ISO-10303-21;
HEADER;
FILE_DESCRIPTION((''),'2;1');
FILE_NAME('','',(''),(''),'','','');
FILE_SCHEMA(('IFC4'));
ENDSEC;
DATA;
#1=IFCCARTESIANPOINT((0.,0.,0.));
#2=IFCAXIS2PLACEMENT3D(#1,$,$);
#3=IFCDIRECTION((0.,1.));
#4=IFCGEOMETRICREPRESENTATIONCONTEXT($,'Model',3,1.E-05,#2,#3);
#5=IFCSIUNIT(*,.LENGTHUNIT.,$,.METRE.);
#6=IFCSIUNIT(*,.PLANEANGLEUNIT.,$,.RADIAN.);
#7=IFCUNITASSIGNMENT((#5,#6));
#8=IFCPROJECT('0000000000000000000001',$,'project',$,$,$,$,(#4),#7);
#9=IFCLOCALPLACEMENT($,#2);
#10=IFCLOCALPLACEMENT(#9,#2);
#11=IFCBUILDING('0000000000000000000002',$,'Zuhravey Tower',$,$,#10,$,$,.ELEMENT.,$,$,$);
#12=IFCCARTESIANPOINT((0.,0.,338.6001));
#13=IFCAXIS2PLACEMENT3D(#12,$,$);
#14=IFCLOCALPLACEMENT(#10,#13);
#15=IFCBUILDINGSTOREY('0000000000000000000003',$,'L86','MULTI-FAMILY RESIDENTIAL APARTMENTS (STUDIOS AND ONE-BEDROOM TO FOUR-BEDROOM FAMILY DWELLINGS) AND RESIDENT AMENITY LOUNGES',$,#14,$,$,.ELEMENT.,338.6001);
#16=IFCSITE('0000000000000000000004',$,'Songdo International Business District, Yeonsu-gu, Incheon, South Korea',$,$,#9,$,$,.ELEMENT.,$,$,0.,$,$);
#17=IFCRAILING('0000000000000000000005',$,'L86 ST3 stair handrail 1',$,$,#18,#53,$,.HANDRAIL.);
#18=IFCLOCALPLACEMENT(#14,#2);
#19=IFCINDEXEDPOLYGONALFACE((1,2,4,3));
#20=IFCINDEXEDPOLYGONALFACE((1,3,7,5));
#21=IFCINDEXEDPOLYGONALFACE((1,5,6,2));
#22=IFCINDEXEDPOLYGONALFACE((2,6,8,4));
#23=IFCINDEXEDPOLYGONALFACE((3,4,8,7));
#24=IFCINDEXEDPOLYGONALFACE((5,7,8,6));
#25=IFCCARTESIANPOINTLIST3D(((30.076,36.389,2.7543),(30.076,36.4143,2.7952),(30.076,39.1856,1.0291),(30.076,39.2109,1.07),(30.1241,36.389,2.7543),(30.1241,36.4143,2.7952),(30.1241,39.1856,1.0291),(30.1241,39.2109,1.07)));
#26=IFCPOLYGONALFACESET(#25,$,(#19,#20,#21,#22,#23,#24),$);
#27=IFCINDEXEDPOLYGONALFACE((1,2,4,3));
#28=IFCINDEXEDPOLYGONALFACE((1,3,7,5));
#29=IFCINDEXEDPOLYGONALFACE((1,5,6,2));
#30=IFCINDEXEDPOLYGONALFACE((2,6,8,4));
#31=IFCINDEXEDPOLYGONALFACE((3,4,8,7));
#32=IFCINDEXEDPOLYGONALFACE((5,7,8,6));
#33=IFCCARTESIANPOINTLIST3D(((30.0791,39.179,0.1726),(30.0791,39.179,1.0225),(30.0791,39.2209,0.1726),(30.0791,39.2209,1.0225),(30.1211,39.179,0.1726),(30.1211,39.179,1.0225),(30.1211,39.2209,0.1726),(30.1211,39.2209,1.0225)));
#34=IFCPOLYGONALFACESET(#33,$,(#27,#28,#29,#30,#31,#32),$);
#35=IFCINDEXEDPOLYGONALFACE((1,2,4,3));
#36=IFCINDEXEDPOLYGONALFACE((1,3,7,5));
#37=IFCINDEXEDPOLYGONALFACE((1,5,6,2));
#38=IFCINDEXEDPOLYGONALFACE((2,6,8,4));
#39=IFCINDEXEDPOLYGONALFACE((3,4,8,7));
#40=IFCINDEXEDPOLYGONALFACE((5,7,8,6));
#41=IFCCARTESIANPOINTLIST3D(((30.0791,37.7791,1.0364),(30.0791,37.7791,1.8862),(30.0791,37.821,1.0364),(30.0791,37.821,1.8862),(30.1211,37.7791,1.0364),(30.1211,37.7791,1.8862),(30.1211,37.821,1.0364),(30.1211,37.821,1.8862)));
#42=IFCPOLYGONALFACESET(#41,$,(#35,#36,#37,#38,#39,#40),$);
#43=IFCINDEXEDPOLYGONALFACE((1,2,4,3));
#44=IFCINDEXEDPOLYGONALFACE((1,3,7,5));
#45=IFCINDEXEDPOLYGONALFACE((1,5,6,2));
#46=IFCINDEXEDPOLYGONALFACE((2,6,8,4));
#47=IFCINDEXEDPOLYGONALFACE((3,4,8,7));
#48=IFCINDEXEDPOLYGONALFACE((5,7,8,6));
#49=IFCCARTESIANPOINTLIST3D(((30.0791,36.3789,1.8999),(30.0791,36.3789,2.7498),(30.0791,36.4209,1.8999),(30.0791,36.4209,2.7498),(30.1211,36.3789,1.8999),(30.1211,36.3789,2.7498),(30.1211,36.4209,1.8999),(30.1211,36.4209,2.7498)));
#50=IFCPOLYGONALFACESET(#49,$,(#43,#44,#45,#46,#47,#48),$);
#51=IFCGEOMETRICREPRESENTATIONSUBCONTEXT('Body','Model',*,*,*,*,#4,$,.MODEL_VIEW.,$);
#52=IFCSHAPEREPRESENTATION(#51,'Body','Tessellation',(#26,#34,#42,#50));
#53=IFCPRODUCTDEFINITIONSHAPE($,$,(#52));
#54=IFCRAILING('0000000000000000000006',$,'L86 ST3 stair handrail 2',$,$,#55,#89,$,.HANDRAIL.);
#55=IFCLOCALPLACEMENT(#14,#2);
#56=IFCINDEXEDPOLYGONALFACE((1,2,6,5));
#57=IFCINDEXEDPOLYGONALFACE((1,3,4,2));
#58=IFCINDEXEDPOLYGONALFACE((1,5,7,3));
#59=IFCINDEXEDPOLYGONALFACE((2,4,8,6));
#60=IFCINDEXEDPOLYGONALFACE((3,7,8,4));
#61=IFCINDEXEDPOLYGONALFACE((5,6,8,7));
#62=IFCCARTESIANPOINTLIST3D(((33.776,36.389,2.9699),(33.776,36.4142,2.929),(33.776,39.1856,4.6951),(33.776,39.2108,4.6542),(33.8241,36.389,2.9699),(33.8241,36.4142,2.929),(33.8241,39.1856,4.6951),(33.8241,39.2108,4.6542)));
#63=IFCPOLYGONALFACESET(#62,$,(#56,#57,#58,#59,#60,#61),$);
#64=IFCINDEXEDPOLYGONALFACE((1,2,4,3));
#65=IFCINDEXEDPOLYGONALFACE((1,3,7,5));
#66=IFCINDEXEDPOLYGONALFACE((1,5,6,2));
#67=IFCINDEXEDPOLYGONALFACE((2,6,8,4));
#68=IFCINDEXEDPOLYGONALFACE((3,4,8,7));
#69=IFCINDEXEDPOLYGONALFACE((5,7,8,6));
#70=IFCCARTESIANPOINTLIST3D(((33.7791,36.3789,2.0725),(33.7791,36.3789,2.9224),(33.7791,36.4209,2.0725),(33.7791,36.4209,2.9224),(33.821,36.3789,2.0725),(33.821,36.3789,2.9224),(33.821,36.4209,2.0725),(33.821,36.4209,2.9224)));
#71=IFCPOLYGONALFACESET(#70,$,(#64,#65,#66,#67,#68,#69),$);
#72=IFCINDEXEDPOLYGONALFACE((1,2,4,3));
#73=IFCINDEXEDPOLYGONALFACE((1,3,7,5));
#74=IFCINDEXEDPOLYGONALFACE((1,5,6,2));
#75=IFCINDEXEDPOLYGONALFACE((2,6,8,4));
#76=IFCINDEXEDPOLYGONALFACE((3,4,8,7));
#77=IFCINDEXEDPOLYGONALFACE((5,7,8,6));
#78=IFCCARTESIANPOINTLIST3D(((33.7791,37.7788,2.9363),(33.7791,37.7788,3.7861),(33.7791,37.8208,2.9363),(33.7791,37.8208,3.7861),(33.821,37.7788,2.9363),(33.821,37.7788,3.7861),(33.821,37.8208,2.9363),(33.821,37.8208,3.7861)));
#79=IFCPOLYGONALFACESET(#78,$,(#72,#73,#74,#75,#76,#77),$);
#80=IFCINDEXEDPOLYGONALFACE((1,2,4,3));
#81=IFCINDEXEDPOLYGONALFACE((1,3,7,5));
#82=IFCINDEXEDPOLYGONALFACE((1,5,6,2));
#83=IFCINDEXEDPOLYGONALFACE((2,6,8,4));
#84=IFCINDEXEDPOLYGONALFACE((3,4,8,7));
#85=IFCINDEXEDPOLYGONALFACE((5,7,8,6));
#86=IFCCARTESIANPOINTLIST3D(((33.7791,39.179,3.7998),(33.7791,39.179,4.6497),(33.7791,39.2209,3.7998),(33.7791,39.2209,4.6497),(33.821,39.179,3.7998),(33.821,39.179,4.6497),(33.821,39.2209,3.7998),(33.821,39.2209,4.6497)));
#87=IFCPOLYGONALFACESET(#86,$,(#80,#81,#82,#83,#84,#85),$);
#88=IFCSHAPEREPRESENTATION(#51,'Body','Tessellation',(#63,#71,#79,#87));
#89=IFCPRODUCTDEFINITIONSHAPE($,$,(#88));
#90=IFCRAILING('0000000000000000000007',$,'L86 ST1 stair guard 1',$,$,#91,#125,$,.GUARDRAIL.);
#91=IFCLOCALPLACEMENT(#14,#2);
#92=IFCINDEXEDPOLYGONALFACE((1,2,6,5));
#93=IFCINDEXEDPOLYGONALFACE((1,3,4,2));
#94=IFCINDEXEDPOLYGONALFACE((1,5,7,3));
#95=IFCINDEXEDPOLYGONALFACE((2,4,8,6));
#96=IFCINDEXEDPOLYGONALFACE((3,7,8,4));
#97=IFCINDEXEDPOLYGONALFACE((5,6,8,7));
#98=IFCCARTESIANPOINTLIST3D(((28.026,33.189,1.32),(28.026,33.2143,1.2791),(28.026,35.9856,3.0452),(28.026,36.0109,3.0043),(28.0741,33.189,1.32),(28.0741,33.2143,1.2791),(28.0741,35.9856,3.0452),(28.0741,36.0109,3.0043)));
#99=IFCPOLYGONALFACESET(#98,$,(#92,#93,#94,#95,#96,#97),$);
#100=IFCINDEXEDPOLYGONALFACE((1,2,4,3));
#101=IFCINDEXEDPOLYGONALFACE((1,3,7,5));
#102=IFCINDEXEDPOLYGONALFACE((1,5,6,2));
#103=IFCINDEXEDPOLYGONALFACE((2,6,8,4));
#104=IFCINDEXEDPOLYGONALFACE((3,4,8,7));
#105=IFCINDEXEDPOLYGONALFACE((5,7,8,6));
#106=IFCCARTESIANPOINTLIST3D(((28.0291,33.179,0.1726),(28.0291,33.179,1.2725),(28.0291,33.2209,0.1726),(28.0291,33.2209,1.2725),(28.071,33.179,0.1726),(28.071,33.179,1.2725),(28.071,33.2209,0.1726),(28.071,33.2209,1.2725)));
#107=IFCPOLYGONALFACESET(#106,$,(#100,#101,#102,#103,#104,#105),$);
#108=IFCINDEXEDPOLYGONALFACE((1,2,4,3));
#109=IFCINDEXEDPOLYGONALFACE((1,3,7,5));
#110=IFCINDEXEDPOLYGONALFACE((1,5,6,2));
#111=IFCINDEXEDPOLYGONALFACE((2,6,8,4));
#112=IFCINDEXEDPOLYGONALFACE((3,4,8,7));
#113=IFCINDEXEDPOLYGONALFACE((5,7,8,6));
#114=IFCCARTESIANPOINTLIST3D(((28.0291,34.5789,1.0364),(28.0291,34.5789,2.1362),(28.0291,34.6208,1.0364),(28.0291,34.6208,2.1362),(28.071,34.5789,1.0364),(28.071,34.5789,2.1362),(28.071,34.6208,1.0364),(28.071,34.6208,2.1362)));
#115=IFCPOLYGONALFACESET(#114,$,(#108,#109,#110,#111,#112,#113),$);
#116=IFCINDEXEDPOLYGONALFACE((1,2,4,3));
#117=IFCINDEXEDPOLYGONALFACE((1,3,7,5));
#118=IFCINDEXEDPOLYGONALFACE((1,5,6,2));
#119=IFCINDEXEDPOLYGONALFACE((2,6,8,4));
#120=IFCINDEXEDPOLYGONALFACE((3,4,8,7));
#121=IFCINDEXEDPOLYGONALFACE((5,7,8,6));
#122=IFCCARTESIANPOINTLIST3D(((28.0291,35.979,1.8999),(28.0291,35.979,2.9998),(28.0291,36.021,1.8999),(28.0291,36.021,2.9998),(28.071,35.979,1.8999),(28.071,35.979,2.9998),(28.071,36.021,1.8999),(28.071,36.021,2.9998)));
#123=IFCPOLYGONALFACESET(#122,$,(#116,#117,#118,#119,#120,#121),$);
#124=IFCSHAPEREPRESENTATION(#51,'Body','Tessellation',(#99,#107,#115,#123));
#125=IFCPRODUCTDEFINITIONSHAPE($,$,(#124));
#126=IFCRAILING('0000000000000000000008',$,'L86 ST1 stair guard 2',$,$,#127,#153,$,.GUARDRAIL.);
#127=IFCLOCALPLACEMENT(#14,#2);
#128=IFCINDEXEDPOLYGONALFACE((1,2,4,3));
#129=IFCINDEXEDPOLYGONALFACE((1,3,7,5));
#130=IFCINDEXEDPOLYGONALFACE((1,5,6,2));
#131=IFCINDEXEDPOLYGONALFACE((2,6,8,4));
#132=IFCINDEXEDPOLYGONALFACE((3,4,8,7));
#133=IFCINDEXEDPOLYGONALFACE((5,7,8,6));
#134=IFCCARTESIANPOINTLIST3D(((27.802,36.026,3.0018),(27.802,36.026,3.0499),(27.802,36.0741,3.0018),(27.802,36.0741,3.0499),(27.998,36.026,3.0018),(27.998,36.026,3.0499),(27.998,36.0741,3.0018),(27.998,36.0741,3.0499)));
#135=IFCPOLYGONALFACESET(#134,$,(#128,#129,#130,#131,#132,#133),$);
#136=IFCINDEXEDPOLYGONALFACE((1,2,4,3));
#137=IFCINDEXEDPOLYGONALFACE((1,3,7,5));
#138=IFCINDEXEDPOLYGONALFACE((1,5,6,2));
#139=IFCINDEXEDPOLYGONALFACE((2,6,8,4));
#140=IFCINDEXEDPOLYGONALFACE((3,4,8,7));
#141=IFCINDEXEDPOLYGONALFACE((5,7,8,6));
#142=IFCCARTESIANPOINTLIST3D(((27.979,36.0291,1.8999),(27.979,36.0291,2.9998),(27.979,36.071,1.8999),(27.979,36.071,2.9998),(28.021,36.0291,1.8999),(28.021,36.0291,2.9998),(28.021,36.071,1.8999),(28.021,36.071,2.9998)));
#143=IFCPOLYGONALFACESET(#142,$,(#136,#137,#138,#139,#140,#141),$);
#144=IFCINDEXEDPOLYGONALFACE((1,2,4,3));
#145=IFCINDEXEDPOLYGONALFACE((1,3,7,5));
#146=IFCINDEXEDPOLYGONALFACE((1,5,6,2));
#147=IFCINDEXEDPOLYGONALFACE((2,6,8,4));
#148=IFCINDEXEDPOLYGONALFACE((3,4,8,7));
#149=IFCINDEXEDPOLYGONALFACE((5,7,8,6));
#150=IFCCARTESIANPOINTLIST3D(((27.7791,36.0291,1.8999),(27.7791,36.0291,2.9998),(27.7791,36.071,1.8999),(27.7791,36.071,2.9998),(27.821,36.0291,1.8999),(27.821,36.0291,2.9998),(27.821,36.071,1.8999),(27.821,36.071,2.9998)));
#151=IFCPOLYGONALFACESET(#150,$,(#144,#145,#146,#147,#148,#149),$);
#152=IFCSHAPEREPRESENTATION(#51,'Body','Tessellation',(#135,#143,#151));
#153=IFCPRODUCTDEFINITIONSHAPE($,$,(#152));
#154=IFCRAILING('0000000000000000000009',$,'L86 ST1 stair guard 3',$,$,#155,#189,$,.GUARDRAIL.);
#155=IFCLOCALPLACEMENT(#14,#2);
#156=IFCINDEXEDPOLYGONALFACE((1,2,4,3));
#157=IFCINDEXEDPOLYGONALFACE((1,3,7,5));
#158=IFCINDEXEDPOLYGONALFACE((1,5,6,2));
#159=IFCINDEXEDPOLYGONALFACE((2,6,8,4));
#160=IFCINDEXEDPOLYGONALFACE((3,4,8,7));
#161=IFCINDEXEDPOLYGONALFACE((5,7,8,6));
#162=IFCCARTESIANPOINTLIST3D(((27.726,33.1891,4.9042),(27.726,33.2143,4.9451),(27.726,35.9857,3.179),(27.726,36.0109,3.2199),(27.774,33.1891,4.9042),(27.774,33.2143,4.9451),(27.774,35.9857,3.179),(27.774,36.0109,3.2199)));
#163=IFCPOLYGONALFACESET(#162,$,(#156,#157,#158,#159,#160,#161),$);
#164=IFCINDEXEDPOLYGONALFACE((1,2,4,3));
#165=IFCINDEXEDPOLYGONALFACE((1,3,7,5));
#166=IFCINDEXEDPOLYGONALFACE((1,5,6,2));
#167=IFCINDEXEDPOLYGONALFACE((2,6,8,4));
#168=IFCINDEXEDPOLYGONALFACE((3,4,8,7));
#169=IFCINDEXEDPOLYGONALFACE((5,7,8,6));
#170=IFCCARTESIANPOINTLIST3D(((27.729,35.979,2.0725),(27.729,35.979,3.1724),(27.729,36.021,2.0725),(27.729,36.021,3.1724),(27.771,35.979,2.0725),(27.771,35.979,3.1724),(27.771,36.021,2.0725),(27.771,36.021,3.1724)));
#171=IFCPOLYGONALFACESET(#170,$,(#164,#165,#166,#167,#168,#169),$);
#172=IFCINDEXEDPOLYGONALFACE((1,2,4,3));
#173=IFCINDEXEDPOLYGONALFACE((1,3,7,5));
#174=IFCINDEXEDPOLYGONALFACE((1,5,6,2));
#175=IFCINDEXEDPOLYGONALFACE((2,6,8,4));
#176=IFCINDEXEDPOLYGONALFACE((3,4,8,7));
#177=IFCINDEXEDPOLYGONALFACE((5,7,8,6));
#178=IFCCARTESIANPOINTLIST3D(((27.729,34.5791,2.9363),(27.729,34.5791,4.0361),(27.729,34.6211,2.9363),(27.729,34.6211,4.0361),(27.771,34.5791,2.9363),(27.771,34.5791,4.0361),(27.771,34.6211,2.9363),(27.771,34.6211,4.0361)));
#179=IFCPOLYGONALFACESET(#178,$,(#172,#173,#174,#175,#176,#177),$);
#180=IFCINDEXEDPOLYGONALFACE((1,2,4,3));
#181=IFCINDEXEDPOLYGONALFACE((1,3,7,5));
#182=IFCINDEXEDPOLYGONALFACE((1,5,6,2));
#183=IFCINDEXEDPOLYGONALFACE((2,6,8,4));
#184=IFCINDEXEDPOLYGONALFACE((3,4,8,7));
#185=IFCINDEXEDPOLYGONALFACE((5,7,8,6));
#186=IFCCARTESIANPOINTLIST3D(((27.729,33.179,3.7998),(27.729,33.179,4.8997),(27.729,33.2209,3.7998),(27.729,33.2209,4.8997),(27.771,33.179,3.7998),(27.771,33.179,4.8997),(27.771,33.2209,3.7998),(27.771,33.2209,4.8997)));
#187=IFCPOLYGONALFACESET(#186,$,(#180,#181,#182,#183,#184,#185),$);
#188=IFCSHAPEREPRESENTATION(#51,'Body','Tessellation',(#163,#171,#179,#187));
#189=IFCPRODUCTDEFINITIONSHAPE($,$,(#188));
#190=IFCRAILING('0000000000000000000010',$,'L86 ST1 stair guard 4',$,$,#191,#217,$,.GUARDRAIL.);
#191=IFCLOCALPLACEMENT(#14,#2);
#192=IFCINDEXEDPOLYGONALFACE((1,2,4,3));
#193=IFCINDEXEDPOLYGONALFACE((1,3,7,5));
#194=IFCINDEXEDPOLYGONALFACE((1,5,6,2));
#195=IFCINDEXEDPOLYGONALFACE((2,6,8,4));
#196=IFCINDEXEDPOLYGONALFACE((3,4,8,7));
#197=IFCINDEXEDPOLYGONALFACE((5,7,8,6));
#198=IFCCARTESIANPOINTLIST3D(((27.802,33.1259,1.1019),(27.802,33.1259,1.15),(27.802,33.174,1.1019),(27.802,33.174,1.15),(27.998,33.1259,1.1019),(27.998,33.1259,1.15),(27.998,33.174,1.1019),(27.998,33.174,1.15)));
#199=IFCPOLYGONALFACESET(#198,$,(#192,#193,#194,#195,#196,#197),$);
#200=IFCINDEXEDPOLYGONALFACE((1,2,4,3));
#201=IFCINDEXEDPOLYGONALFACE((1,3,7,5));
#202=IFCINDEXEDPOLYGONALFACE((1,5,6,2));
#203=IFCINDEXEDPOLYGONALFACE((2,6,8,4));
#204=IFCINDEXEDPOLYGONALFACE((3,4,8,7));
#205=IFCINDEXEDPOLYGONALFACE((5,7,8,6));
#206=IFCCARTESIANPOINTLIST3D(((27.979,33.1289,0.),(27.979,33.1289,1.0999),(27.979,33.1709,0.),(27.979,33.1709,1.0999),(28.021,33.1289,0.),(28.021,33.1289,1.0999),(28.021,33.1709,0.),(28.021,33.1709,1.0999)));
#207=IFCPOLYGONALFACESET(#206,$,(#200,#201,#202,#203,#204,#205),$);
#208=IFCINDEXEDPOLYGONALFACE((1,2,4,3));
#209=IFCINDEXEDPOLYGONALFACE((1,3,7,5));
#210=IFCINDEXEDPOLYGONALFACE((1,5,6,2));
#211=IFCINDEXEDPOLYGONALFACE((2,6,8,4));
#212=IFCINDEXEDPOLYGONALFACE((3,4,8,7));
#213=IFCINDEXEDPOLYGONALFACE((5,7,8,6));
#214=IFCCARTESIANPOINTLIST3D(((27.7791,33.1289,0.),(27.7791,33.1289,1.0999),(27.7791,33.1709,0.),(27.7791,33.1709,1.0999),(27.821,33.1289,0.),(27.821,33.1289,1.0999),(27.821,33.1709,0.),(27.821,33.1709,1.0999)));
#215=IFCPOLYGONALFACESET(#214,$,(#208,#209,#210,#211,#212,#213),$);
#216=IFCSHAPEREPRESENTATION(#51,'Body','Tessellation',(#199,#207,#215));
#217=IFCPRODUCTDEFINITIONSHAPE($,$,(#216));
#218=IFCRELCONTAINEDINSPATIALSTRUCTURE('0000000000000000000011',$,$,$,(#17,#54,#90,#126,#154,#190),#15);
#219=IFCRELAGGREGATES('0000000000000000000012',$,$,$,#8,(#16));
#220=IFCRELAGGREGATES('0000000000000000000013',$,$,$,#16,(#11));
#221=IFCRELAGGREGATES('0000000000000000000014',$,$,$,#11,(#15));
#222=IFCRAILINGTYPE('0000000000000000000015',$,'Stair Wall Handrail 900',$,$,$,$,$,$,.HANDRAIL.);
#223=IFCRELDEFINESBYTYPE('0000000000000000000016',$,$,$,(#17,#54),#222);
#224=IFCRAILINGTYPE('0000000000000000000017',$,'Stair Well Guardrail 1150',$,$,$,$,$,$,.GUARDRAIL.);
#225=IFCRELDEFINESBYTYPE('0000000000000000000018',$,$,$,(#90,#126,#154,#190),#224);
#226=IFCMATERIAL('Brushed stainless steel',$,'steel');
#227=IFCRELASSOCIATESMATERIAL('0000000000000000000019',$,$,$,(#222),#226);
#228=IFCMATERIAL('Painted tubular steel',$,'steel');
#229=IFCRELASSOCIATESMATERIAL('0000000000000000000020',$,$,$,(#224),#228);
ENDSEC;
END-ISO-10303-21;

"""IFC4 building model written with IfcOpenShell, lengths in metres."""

from ifc_helpers import new_model, si_unit, direction, frame, origin, origin_2d, place, context, subcontext, project, spatial, rectangle, extrude, material, type_object, element, save


model = new_model("IFC4")

# Units and contexts
model_context = context("Model", 3, precision=1e-05, world=origin(), true_north=direction((0.0, 1.0)))
body_context = subcontext(model_context, "Body", "Model", "MODEL_VIEW")
ifc_project = project(units=[si_unit("LENGTHUNIT", "METRE"), si_unit("PLANEANGLEUNIT", "RADIAN")], contexts=[model_context])

# Site, building, storey
site_placement = place(None, origin())
site = spatial("IfcSite", under=ifc_project, at=site_placement, Name="Songdo International Business District, Yeonsu-gu, Incheon, South Korea", CompositionType="ELEMENT", RefElevation=0.0)
building_placement = place(site_placement, origin())
building = spatial("IfcBuilding", under=site, at=building_placement, Name="Zuhravey Tower", CompositionType="ELEMENT")
storey_placement = place(building_placement, frame((0.0, 0.0, 338.6001)))
storey = spatial("IfcBuildingStorey", under=building, at=storey_placement, Name="L86", Description="MULTI-FAMILY RESIDENTIAL APARTMENTS (STUDIOS AND ONE-BEDROOM TO FOUR-BEDROOM FAMILY DWELLINGS) AND RESIDENT AMENITY LOUNGES", CompositionType="ELEMENT", Elevation=338.6001)

# Railings
ifc_material_1 = material(Name="Brushed stainless steel", Category="steel")
railing_type_1 = type_object("IfcRailingType", Name="Stair Wall Handrail 900", PredefinedType="HANDRAIL", material=ifc_material_1)
for number, where, name in (
    (1, (30.1001, 39.2, 0.1726), "L86 ST3 stair handrail 1"),
):
    element("IfcRailing", number, at=place(storey_placement, frame(where)), inside=storey, type_object=railing_type_1, Name=name, PredefinedType="HANDRAIL", context=body_context, shape_type="SweptSolid", body=[
        extrude(rectangle(XDim=0.0481, YDim=0.0481, at=origin_2d()), frame((0.0, -0.0017, 0.877), z_axis=(0.0, -0.85109, 0.52502), x_axis=(1.0, 0.0, 0.0)), (0.0, 0.0, 1.0), 3.2859),
        extrude(rectangle(XDim=0.042, YDim=0.042, at=origin_2d()), origin(), (0.0, 0.0, 1.0), 0.8499),
        extrude(rectangle(XDim=0.042, YDim=0.042, at=origin_2d()), frame((0.0, -1.3999, 0.8638)), (0.0, 0.0, 1.0), 0.8499),
        extrude(rectangle(XDim=0.042, YDim=0.042, at=origin_2d()), frame((0.0, -2.8, 1.7273)), (0.0, 0.0, 1.0), 0.8499),
    ])
railing_1_placement = place(storey_placement, frame((33.8, 36.3999, 2.0725)))
element("IfcRailing", 2, at=railing_1_placement, inside=storey, type_object=railing_type_1, Name="L86 ST3 stair handrail 2", PredefinedType="HANDRAIL", context=body_context, shape_type="SweptSolid", body=[
    extrude(rectangle(XDim=0.0481, YDim=0.0481, at=origin_2d()), frame((0.0, 0.0017, 0.877), z_axis=(0.0, 0.85109, 0.52502), x_axis=(-1.0, 0.0, 0.0)), (0.0, 0.0, 1.0), 3.2859),
    extrude(rectangle(XDim=0.042, YDim=0.042, at=origin_2d()), origin(), (0.0, 0.0, 1.0), 0.8499),
    extrude(rectangle(XDim=0.042, YDim=0.042, at=origin_2d()), frame((0.0, 1.3999, 0.8638)), (0.0, 0.0, 1.0), 0.8499),
    extrude(rectangle(XDim=0.042, YDim=0.042, at=origin_2d()), frame((0.0, 2.8, 1.7273)), (0.0, 0.0, 1.0), 0.8499),
])
ifc_material_2 = material(Name="Painted tubular steel", Category="steel")
railing_type_2 = type_object("IfcRailingType", Name="Stair Well Guardrail 1150", PredefinedType="GUARDRAIL", material=ifc_material_2)
railing_2_placement = place(storey_placement, frame((28.05, 33.2, 0.1726)))
element("IfcRailing", 3, at=railing_2_placement, inside=storey, type_object=railing_type_2, Name="L86 ST1 stair guard 1", PredefinedType="GUARDRAIL", context=body_context, shape_type="SweptSolid", body=[
    extrude(rectangle(XDim=0.0481, YDim=0.0481, at=origin_2d()), frame((0.0, 0.0017, 1.127), z_axis=(0.0, 0.85109, 0.52502), x_axis=(-1.0, 0.0, 0.0)), (0.0, 0.0, 1.0), 3.2859),
    extrude(rectangle(XDim=0.042, YDim=0.042, at=origin_2d()), origin(), (0.0, 0.0, 1.0), 1.0999),
    extrude(rectangle(XDim=0.042, YDim=0.042, at=origin_2d()), frame((0.0, 1.3999, 0.8638)), (0.0, 0.0, 1.0), 1.0999),
    extrude(rectangle(XDim=0.042, YDim=0.042, at=origin_2d()), frame((0.0, 2.8, 1.7273)), (0.0, 0.0, 1.0), 1.0999),
])
railing_3_placement = place(storey_placement, frame((28.0, 36.05, 1.8999)))
element("IfcRailing", 4, at=railing_3_placement, inside=storey, type_object=railing_type_2, Name="L86 ST1 stair guard 2", PredefinedType="GUARDRAIL", context=body_context, shape_type="SweptSolid", body=[
    extrude(rectangle(XDim=0.0481, YDim=0.0481, at=origin_2d()), frame((-0.002, 0.0, 1.126), z_axis=(-1.0, 0.0, 0.0), x_axis=(0.0, -1.0, 0.0)), (0.0, 0.0, 1.0), 0.196),
    extrude(rectangle(XDim=0.042, YDim=0.042, at=origin_2d()), origin(), (0.0, 0.0, 1.0), 1.0999),
    extrude(rectangle(XDim=0.042, YDim=0.042, at=origin_2d()), frame((-0.2, 0.0, 0.0)), (0.0, 0.0, 1.0), 1.0999),
])
railing_4_placement = place(storey_placement, frame((27.75, 36.0, 2.0725)))
element("IfcRailing", 5, at=railing_4_placement, inside=storey, type_object=railing_type_2, Name="L86 ST1 stair guard 3", PredefinedType="GUARDRAIL", context=body_context, shape_type="SweptSolid", body=[
    extrude(rectangle(XDim=0.0481, YDim=0.0481, at=origin_2d()), frame((0.0, -0.0017, 1.127), z_axis=(0.0, -0.85109, 0.52502), x_axis=(1.0, 0.0, 0.0)), (0.0, 0.0, 1.0), 3.2859),
    extrude(rectangle(XDim=0.042, YDim=0.042, at=origin_2d()), origin(), (0.0, 0.0, 1.0), 1.0999),
    extrude(rectangle(XDim=0.042, YDim=0.042, at=origin_2d()), frame((0.0, -1.3999, 0.8638)), (0.0, 0.0, 1.0), 1.0999),
    extrude(rectangle(XDim=0.042, YDim=0.042, at=origin_2d()), frame((0.0, -2.8, 1.7273)), (0.0, 0.0, 1.0), 1.0999),
])
railing_5_placement = place(storey_placement, frame((28.0, 33.1499, 0.0)))
element("IfcRailing", 6, at=railing_5_placement, inside=storey, type_object=railing_type_2, Name="L86 ST1 stair guard 4", PredefinedType="GUARDRAIL", context=body_context, shape_type="SweptSolid", body=[
    extrude(rectangle(XDim=0.0481, YDim=0.0481, at=origin_2d()), frame((-0.002, 0.0, 1.126), z_axis=(-1.0, 0.0, 0.0), x_axis=(0.0, -1.0, 0.0)), (0.0, 0.0, 1.0), 0.196),
    extrude(rectangle(XDim=0.042, YDim=0.042, at=origin_2d()), origin(), (0.0, 0.0, 1.0), 1.0999),
    extrude(rectangle(XDim=0.042, YDim=0.042, at=origin_2d()), frame((-0.2, 0.0, 0.0)), (0.0, 0.0, 1.0), 1.0999),
])

save(model, "model.ifc")
